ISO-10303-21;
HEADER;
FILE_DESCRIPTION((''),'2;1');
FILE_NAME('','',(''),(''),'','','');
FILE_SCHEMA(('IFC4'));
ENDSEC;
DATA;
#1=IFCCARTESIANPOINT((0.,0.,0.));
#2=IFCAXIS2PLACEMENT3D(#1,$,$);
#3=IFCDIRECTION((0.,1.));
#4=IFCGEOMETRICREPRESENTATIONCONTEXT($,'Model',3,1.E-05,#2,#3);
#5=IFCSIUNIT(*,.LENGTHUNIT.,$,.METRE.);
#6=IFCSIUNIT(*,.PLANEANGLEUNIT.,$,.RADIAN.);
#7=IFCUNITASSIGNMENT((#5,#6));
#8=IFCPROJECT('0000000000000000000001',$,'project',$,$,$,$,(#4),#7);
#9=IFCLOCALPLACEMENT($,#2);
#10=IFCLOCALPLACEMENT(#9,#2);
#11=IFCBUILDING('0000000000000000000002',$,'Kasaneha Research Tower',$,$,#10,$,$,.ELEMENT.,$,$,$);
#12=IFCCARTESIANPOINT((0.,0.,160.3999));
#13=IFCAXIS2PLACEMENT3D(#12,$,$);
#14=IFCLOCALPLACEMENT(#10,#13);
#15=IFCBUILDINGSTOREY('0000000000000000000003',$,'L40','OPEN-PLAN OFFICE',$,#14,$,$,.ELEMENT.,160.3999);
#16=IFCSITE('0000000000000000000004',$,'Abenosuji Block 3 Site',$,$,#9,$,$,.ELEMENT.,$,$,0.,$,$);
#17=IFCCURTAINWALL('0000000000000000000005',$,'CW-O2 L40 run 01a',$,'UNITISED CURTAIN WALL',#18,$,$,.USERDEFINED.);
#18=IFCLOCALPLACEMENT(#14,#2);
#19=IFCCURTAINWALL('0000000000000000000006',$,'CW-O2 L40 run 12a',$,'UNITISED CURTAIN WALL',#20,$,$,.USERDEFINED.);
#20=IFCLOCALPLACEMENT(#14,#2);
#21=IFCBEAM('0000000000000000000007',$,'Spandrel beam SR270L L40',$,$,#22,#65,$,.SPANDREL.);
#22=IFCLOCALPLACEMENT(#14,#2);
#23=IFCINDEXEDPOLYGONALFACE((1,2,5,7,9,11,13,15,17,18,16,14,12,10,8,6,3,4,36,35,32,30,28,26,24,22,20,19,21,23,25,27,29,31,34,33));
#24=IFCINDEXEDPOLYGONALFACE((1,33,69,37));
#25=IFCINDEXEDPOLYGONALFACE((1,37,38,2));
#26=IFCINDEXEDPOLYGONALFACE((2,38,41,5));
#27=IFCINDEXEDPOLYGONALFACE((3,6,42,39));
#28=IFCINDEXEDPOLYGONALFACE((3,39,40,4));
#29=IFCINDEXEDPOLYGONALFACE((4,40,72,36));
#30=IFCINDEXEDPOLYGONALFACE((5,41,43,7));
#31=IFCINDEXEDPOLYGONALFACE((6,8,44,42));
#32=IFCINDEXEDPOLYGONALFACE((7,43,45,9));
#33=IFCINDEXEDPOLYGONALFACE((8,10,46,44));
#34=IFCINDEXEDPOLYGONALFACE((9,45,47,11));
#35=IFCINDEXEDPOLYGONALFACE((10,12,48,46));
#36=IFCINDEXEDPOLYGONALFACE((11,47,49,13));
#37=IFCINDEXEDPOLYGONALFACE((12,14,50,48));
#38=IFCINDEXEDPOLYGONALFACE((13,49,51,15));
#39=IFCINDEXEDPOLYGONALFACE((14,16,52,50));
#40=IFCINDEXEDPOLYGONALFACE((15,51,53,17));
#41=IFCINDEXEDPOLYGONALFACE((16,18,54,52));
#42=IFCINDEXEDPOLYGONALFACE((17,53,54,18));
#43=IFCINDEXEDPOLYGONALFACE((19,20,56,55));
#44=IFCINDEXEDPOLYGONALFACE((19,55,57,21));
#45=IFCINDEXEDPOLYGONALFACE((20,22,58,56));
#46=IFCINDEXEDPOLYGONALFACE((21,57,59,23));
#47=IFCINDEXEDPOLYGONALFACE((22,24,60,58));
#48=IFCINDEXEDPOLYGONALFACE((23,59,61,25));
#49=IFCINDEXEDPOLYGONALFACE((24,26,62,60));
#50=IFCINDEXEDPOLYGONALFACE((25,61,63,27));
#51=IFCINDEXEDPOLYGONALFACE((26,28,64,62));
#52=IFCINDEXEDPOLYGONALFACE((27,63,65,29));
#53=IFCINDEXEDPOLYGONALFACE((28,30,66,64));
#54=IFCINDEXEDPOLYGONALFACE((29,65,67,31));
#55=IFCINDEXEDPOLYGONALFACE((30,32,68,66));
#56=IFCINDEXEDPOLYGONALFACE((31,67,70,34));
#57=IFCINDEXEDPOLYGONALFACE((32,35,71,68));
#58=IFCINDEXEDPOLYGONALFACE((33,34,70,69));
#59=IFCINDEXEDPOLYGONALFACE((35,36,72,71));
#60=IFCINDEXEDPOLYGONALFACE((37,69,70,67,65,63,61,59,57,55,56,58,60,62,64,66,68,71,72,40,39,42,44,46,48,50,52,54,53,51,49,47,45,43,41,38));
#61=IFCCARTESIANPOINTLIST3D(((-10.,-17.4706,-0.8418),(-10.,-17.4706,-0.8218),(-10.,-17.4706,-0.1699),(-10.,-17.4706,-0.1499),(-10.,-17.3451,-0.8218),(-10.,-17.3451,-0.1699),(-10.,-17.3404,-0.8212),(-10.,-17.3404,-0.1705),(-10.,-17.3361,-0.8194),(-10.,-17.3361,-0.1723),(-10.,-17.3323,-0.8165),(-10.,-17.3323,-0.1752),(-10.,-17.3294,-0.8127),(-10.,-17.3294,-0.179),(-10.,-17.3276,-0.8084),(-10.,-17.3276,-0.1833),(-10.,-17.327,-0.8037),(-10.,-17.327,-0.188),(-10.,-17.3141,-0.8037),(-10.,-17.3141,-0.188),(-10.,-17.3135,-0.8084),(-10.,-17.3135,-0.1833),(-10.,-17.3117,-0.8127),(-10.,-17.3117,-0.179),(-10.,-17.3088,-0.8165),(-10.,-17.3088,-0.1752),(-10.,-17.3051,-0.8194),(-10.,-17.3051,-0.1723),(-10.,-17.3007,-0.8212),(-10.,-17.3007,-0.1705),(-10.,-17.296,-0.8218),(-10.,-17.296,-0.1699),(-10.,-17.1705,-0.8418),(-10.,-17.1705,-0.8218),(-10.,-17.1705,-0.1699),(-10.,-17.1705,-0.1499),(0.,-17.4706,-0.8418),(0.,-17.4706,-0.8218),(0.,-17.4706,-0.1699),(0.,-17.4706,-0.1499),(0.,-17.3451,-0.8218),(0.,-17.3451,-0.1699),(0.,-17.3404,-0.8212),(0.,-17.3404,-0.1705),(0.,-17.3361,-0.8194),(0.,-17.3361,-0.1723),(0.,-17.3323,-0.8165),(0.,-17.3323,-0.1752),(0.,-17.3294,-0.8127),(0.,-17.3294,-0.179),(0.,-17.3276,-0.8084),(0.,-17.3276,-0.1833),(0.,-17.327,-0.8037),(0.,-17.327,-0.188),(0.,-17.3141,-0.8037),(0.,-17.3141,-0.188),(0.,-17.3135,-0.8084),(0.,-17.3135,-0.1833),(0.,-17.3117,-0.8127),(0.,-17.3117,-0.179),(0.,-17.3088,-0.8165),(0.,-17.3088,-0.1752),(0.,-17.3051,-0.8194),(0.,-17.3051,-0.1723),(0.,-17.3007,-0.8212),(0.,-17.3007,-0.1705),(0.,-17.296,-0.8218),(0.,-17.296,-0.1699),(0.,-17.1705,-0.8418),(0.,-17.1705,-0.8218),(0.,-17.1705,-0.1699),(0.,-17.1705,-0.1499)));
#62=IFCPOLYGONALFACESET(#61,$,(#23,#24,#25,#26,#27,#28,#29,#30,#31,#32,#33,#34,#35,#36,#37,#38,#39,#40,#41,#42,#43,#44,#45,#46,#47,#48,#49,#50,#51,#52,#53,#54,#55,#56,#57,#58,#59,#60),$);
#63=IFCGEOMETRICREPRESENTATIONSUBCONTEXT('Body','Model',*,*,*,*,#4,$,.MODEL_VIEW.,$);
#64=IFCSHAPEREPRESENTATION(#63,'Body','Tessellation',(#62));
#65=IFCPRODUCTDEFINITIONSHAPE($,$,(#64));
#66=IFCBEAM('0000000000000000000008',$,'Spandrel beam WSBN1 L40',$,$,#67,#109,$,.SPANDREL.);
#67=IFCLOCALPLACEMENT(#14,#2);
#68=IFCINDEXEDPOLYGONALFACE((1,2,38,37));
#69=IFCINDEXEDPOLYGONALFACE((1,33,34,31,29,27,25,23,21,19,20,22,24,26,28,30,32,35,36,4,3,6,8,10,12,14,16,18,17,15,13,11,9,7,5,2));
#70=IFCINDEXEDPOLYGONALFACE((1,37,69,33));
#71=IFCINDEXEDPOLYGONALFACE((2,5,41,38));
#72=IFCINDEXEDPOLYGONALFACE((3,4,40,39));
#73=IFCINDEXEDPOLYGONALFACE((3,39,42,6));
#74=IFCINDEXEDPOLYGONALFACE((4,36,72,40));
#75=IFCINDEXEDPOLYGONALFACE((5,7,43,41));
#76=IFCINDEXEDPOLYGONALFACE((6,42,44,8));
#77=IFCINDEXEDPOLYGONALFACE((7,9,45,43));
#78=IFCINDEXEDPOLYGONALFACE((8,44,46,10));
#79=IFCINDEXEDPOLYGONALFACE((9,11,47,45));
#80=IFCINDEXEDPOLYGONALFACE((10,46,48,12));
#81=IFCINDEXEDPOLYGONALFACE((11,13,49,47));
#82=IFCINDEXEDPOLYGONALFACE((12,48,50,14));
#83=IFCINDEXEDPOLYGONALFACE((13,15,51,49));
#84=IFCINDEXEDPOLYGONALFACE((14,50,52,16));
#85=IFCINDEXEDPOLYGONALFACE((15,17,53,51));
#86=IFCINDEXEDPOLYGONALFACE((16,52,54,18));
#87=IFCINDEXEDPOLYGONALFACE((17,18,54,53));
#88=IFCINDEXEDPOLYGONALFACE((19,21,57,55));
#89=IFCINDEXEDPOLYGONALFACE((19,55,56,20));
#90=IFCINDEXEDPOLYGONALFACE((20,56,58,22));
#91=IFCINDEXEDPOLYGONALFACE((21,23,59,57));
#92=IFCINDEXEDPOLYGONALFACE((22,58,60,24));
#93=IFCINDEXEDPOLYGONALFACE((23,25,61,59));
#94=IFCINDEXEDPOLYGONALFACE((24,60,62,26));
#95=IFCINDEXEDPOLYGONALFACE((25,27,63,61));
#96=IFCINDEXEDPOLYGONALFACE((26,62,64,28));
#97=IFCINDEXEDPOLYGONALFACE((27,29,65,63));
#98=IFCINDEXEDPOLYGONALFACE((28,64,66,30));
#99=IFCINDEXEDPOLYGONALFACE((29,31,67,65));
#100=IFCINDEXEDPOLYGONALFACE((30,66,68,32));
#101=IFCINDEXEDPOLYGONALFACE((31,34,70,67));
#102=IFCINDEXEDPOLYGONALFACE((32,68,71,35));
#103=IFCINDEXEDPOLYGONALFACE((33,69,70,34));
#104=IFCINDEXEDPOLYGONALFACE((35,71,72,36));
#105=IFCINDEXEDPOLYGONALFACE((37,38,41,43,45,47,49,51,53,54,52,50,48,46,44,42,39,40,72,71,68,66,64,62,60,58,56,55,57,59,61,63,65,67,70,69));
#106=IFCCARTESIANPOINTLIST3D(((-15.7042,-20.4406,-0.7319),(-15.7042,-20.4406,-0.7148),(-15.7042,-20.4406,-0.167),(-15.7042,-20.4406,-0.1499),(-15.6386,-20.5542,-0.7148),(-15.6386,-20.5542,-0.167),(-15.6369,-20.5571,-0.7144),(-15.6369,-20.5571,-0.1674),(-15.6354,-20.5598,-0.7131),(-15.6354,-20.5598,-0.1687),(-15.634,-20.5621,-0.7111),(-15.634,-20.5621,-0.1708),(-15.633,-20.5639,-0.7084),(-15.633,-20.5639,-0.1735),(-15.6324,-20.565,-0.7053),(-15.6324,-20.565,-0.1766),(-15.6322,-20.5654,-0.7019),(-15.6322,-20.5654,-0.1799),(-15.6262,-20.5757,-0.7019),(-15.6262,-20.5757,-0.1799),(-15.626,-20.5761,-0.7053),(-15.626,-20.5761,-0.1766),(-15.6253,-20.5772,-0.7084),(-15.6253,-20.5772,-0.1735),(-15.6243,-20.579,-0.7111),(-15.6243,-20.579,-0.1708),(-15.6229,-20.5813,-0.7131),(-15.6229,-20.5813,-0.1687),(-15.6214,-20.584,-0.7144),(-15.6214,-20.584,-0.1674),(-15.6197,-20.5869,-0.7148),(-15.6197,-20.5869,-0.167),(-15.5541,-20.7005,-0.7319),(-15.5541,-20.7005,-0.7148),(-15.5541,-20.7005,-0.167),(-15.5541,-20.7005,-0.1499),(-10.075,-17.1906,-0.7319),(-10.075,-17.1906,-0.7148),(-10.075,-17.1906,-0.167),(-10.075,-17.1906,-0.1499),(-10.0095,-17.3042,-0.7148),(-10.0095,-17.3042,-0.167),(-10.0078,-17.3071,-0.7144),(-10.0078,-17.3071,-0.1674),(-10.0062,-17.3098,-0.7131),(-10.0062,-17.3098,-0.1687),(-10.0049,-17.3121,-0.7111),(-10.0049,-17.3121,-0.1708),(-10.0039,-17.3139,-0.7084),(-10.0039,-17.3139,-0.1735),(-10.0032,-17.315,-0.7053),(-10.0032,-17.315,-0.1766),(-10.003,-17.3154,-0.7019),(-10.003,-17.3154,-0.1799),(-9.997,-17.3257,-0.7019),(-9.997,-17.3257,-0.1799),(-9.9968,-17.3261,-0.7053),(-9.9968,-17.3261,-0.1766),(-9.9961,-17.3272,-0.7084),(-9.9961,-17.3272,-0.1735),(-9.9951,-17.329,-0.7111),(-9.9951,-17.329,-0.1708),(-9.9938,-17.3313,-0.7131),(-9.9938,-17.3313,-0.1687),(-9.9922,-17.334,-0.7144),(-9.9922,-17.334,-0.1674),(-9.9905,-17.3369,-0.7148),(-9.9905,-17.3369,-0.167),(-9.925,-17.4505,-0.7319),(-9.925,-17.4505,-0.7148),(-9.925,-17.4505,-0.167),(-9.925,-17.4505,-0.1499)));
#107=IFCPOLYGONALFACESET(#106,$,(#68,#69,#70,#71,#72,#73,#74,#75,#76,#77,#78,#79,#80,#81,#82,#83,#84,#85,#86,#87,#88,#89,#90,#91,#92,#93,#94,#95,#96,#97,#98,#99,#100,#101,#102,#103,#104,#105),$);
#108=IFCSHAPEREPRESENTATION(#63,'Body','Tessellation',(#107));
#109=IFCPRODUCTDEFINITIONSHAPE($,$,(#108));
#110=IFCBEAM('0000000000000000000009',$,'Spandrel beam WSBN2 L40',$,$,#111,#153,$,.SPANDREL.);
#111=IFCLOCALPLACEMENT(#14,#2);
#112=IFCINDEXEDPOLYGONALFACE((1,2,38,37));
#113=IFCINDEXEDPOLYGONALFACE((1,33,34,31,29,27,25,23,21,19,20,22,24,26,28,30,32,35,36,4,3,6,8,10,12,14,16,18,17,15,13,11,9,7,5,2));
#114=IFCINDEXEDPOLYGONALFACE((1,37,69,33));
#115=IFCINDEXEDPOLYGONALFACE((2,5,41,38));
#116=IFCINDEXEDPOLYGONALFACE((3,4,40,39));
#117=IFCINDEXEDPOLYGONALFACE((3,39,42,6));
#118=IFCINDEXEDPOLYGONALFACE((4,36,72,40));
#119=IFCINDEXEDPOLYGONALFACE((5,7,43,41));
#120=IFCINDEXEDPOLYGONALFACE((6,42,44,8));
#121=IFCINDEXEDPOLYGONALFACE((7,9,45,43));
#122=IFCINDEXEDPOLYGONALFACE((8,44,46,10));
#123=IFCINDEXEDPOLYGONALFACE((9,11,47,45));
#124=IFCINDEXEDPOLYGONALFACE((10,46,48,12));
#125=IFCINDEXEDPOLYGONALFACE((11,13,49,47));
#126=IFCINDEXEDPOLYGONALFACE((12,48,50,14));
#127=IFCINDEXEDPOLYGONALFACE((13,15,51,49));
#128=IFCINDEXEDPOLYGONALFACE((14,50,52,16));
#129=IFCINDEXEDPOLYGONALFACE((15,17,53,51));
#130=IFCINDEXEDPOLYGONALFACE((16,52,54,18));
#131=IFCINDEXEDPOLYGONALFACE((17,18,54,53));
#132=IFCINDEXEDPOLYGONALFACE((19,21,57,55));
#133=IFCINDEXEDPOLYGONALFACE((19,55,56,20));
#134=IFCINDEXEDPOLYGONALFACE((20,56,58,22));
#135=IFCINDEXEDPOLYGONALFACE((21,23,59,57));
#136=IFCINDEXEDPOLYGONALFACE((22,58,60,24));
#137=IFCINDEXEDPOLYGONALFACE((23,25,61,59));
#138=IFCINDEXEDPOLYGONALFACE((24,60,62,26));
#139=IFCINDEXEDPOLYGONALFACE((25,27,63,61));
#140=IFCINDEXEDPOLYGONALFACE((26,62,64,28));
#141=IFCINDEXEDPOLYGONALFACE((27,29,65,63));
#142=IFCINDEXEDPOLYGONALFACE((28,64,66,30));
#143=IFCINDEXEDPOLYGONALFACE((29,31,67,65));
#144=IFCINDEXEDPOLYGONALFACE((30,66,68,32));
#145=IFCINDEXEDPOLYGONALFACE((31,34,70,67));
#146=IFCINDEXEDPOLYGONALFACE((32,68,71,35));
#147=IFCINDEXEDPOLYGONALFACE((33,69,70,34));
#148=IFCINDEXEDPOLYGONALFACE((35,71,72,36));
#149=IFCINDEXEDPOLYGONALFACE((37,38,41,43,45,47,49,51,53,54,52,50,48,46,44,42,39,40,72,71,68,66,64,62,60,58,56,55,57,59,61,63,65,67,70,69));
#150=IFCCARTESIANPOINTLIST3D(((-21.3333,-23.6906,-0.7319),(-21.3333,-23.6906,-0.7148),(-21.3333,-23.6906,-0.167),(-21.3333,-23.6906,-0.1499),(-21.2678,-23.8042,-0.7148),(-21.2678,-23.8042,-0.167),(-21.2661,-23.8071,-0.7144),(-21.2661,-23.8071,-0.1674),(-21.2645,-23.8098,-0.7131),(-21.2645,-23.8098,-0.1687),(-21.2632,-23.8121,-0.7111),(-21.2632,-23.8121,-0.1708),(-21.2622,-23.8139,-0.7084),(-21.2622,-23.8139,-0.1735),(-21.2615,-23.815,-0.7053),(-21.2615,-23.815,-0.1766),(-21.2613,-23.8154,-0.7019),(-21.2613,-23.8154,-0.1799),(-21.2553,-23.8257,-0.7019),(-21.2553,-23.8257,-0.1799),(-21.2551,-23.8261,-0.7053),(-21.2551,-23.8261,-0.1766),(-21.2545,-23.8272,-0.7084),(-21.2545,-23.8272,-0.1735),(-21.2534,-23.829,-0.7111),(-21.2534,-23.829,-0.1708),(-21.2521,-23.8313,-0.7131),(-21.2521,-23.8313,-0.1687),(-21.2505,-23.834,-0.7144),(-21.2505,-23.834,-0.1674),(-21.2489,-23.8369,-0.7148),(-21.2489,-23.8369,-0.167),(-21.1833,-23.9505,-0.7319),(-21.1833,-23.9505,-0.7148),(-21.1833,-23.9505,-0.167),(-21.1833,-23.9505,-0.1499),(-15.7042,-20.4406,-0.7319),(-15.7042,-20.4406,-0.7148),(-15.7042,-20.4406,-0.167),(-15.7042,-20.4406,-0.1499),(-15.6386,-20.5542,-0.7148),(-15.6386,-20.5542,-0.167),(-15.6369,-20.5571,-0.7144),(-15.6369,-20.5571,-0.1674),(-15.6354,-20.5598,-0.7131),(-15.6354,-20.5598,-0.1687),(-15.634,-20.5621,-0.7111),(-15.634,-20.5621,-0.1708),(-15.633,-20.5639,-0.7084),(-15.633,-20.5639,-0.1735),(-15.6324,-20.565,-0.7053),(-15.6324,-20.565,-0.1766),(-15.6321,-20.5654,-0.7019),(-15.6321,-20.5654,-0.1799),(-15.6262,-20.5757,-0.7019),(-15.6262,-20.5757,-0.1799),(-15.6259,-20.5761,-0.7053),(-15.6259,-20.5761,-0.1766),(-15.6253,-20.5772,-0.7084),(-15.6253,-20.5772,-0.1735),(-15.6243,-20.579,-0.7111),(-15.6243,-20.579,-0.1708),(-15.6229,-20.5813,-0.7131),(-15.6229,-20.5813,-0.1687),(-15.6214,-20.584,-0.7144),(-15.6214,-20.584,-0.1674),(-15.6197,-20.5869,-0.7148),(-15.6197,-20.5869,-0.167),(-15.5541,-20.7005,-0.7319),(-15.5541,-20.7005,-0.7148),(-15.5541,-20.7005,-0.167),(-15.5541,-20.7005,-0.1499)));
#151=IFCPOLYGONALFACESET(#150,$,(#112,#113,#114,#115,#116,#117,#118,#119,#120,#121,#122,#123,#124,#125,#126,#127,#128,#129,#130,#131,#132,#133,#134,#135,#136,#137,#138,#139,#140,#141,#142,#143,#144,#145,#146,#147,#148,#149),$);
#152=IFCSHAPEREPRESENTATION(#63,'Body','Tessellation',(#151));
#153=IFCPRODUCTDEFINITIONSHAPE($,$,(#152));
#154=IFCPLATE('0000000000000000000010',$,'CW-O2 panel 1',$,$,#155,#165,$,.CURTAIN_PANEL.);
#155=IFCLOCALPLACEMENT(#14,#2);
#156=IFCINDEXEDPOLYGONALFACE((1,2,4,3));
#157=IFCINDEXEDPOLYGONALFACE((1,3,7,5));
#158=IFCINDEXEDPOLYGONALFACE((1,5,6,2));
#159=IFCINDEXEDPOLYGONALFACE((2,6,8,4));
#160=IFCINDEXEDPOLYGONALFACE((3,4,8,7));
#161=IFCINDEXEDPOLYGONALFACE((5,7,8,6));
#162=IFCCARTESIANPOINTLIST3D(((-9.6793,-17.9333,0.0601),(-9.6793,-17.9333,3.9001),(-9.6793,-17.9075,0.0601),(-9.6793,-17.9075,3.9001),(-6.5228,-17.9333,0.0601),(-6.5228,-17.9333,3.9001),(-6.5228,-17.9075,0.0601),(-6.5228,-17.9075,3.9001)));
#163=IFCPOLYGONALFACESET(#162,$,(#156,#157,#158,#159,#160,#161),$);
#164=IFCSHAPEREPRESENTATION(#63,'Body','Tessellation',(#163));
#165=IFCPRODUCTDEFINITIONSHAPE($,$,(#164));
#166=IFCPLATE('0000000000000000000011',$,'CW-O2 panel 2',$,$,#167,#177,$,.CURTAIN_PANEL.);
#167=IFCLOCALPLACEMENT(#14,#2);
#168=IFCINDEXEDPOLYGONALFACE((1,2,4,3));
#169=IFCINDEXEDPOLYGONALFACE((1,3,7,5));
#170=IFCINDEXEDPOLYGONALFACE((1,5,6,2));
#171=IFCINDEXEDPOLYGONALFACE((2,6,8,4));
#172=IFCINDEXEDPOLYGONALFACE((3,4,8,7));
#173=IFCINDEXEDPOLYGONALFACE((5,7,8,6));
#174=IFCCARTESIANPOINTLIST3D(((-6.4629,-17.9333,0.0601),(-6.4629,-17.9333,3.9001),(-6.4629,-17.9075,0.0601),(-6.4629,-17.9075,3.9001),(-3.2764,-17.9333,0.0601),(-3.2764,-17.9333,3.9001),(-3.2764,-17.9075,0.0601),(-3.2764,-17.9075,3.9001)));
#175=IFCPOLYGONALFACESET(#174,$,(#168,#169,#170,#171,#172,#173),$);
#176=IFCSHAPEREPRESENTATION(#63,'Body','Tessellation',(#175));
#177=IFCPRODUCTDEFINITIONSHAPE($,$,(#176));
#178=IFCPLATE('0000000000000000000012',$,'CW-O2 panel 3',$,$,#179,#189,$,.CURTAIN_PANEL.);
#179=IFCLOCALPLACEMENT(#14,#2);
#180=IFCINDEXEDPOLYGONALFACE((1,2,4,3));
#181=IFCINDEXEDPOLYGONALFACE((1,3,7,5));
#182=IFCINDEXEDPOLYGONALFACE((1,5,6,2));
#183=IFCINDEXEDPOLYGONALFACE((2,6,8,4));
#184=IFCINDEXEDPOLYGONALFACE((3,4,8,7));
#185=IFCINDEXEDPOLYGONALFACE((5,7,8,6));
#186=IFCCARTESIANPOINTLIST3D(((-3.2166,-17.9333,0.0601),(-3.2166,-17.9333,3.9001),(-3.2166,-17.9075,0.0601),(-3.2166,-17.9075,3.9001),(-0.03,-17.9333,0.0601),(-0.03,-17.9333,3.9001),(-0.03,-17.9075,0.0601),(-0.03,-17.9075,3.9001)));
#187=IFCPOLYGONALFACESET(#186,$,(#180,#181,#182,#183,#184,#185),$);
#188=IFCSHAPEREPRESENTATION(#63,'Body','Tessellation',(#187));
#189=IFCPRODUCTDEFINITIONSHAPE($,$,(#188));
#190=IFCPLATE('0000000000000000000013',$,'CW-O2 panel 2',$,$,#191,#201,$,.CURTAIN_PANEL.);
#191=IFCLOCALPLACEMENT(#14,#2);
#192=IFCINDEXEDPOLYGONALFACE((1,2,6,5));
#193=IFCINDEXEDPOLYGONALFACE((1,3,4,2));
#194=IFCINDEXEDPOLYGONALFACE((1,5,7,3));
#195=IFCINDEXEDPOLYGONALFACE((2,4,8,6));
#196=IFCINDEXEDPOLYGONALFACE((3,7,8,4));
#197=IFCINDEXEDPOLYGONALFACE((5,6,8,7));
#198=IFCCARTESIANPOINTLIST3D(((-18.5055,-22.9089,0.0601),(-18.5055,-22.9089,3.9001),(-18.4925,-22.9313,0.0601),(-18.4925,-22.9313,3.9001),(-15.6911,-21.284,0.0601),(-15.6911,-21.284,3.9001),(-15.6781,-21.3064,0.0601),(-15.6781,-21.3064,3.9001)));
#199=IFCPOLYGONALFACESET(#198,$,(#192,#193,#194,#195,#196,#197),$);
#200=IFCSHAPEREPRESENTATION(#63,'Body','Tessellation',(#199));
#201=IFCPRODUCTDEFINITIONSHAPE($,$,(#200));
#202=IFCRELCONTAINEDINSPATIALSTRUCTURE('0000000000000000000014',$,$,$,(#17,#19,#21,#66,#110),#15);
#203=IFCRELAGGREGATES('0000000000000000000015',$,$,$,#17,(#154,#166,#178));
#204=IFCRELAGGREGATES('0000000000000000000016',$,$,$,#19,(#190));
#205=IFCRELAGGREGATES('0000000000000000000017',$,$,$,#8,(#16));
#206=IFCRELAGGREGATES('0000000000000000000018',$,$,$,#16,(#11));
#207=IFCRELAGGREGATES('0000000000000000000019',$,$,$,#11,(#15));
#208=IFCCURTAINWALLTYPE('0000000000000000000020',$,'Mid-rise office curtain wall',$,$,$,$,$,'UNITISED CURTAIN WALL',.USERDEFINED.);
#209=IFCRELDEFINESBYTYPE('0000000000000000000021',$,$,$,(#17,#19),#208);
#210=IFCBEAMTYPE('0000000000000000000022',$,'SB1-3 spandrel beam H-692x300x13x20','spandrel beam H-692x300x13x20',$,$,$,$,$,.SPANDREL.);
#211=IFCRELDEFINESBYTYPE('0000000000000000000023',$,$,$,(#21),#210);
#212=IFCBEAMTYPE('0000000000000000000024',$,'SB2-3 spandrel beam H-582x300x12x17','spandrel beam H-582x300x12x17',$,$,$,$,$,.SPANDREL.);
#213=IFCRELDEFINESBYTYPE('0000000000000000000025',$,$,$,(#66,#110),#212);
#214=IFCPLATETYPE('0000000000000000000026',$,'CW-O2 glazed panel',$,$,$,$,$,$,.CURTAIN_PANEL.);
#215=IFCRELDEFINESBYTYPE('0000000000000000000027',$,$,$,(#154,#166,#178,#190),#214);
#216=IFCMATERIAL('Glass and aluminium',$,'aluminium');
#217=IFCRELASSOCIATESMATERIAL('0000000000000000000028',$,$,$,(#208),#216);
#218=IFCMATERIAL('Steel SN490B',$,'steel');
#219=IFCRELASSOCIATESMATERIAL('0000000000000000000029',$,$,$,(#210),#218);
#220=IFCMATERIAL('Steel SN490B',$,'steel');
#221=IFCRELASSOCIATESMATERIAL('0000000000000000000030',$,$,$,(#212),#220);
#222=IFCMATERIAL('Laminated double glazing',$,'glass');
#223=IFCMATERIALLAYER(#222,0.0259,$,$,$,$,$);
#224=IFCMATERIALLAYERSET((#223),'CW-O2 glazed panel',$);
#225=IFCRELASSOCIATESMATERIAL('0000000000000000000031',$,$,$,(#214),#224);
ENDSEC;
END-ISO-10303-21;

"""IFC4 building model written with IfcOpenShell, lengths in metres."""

from ifc_helpers import new_model, si_unit, direction, frame, origin, origin_2d, place, context, subcontext, project, spatial, rectangle, i_section, extrude, material, layer, layer_set, material_profile, profile_set, type_object, element, aggregate, save


model = new_model("IFC4")

# Units and contexts
model_context = context("Model", 3, precision=1e-05, world=origin(), true_north=direction((0.0, 1.0)))
body_context = subcontext(model_context, "Body", "Model", "MODEL_VIEW")
ifc_project = project(units=[si_unit("LENGTHUNIT", "METRE"), si_unit("PLANEANGLEUNIT", "RADIAN")], contexts=[model_context])

# Site, building, storey
site_placement = place(None, origin())
site = spatial("IfcSite", under=ifc_project, at=site_placement, Name="Abenosuji Block 3 Site", CompositionType="ELEMENT", RefElevation=0.0)
building_placement = place(site_placement, origin())
building = spatial("IfcBuilding", under=site, at=building_placement, Name="Kasaneha Research Tower", CompositionType="ELEMENT")
storey_placement = place(building_placement, frame((0.0, 0.0, 160.3999)))
storey = spatial("IfcBuildingStorey", under=building, at=storey_placement, Name="L40", Description="OPEN-PLAN OFFICE", CompositionType="ELEMENT", Elevation=160.3999)

# Curtain walls
ifc_material_1 = material(Name="Glass and aluminium", Category="aluminium")
curtain_wall_type = type_object("IfcCurtainWallType", Name="Mid-rise office curtain wall", ElementType="UNITISED CURTAIN WALL", PredefinedType="USERDEFINED", material=ifc_material_1)
curtain_wall_1_placement = place(storey_placement, origin())
curtain_wall_1 = element("IfcCurtainWall", 1, at=curtain_wall_1_placement, inside=storey, type_object=curtain_wall_type, Name="CW-O2 L40 run 01a", ObjectType="UNITISED CURTAIN WALL", PredefinedType="USERDEFINED")
curtain_wall_2_placement = place(storey_placement, origin())
curtain_wall_2 = element("IfcCurtainWall", 2, at=curtain_wall_2_placement, inside=storey, type_object=curtain_wall_type, Name="CW-O2 L40 run 12a", ObjectType="UNITISED CURTAIN WALL", PredefinedType="USERDEFINED")

# Beams
ifc_material_2 = material(Name="Steel SN490B", Category="steel")
ifc_material_profile_1 = material_profile(ifc_material_2, i_section(OverallWidth=0.3, OverallDepth=0.6919, WebThickness=0.0129, FlangeThickness=0.02, FilletRadius=0.0181, at=origin_2d()), Name="H-692x300x13x20")
ifc_profile_set_1 = profile_set([ifc_material_profile_1], Name="Steel SN490B")
beam_type_1 = type_object("IfcBeamType", Name="SB1-3 spandrel beam H-692x300x13x20", Description="spandrel beam H-692x300x13x20", PredefinedType="SPANDREL", material=ifc_profile_set_1)
beam_1_placement = place(storey_placement, frame((-10.0, -17.3206, -0.4958), z_axis=(1.0, 0.0, 0.0), x_axis=(0.0, 1.0, 0.0)))
element("IfcBeam", 3, at=beam_1_placement, inside=storey, type_object=beam_type_1, Name="Spandrel beam SR270L L40", PredefinedType="SPANDREL", context=body_context, shape_type="SweptSolid", body=[
    extrude(i_section(OverallWidth=0.3, OverallDepth=0.6919, WebThickness=0.0129, FlangeThickness=0.02, FilletRadius=0.0181, at=origin_2d()), origin(), (0.0, 0.0, 1.0), 10.0),
])
ifc_material_3 = material(Name="Steel SN490B", Category="steel")
ifc_material_profile_2 = material_profile(ifc_material_3, i_section(OverallWidth=0.3, OverallDepth=0.582, WebThickness=0.012, FlangeThickness=0.0171, FilletRadius=0.0129, at=origin_2d()), Name="H-582x300x12x17")
ifc_profile_set_2 = profile_set([ifc_material_profile_2], Name="Steel SN490B")
beam_type_2 = type_object("IfcBeamType", Name="SB2-3 spandrel beam H-582x300x12x17", Description="spandrel beam H-582x300x12x17", PredefinedType="SPANDREL", material=ifc_profile_set_2)
for number, where, z_axis, x_axis, name in (
    (4, (-10.0, -17.3206, -0.4409), (-0.866025, -0.500001, 0.0), (0.500001, -0.866025, 0.0), "Spandrel beam WSBN1 L40"),
    (5, (-15.6292, -20.5706, -0.4409), (-0.866025, -0.500001, 0.0), (0.500001, -0.866025, 0.0), "Spandrel beam WSBN2 L40"),
):
    element("IfcBeam", number, at=place(storey_placement, frame(where, z_axis=z_axis, x_axis=x_axis)), inside=storey, type_object=beam_type_2, Name=name, PredefinedType="SPANDREL", context=body_context, shape_type="SweptSolid", body=[
        extrude(i_section(OverallWidth=0.3, OverallDepth=0.582, WebThickness=0.012, FlangeThickness=0.0171, FilletRadius=0.0129, at=origin_2d()), origin(), (0.0, 0.0, 1.0), 6.5),
    ])

# Plates
ifc_material_4 = material(Name="Laminated double glazing", Category="glass")
ifc_layer_1 = layer(ifc_material_4, 0.0259)
ifc_layer_set_1 = layer_set([ifc_layer_1], Name="CW-O2 glazed panel")
plate_type = type_object("IfcPlateType", Name="CW-O2 glazed panel", PredefinedType="CURTAIN_PANEL", material=ifc_layer_set_1)
plate_1_placement = place(storey_placement, frame((-8.1011, -17.9204, 0.0601), z_axis=(0.0, 0.0, 1.0), x_axis=(1.0, 0.0, 0.0)))
plate_1 = element("IfcPlate", 6, at=plate_1_placement, type_object=plate_type, Name="CW-O2 panel 1", PredefinedType="CURTAIN_PANEL", context=body_context, shape_type="SweptSolid", body=[
    extrude(rectangle(XDim=3.1565, YDim=0.0259, at=origin_2d()), origin(), (0.0, 0.0, 1.0), 3.8401),
])
plate_2_placement = place(storey_placement, frame((-4.8696, -17.9204, 0.0601), z_axis=(0.0, 0.0, 1.0), x_axis=(1.0, 0.0, 0.0)))
plate_2 = element("IfcPlate", 7, at=plate_2_placement, type_object=plate_type, Name="CW-O2 panel 2", PredefinedType="CURTAIN_PANEL", context=body_context, shape_type="SweptSolid", body=[
    extrude(rectangle(XDim=3.1865, YDim=0.0259, at=origin_2d()), origin(), (0.0, 0.0, 1.0), 3.8401),
])
plate_3_placement = place(storey_placement, frame((-1.6233, -17.9204, 0.0601), z_axis=(0.0, 0.0, 1.0), x_axis=(1.0, 0.0, 0.0)))
plate_3 = element("IfcPlate", 8, at=plate_3_placement, type_object=plate_type, Name="CW-O2 panel 3", PredefinedType="CURTAIN_PANEL", context=body_context, shape_type="SweptSolid", body=[
    extrude(rectangle(XDim=3.1865, YDim=0.0259, at=origin_2d()), origin(), (0.0, 0.0, 1.0), 3.8401),
])
aggregate(curtain_wall_1, [plate_1, plate_2, plate_3])
plate_4_placement = place(storey_placement, frame((-17.0918, -22.1077, 0.0601), z_axis=(0.0, 0.0, 1.0), x_axis=(0.866025, 0.5, 0.0)))
plate_4 = element("IfcPlate", 9, at=plate_4_placement, type_object=plate_type, Name="CW-O2 panel 2", PredefinedType="CURTAIN_PANEL", context=body_context, shape_type="SweptSolid", body=[
    extrude(rectangle(XDim=3.2498, YDim=0.0259, at=origin_2d()), origin(), (0.0, 0.0, 1.0), 3.8401),
])
aggregate(curtain_wall_2, [plate_4])

save(model, "model.ifc")
